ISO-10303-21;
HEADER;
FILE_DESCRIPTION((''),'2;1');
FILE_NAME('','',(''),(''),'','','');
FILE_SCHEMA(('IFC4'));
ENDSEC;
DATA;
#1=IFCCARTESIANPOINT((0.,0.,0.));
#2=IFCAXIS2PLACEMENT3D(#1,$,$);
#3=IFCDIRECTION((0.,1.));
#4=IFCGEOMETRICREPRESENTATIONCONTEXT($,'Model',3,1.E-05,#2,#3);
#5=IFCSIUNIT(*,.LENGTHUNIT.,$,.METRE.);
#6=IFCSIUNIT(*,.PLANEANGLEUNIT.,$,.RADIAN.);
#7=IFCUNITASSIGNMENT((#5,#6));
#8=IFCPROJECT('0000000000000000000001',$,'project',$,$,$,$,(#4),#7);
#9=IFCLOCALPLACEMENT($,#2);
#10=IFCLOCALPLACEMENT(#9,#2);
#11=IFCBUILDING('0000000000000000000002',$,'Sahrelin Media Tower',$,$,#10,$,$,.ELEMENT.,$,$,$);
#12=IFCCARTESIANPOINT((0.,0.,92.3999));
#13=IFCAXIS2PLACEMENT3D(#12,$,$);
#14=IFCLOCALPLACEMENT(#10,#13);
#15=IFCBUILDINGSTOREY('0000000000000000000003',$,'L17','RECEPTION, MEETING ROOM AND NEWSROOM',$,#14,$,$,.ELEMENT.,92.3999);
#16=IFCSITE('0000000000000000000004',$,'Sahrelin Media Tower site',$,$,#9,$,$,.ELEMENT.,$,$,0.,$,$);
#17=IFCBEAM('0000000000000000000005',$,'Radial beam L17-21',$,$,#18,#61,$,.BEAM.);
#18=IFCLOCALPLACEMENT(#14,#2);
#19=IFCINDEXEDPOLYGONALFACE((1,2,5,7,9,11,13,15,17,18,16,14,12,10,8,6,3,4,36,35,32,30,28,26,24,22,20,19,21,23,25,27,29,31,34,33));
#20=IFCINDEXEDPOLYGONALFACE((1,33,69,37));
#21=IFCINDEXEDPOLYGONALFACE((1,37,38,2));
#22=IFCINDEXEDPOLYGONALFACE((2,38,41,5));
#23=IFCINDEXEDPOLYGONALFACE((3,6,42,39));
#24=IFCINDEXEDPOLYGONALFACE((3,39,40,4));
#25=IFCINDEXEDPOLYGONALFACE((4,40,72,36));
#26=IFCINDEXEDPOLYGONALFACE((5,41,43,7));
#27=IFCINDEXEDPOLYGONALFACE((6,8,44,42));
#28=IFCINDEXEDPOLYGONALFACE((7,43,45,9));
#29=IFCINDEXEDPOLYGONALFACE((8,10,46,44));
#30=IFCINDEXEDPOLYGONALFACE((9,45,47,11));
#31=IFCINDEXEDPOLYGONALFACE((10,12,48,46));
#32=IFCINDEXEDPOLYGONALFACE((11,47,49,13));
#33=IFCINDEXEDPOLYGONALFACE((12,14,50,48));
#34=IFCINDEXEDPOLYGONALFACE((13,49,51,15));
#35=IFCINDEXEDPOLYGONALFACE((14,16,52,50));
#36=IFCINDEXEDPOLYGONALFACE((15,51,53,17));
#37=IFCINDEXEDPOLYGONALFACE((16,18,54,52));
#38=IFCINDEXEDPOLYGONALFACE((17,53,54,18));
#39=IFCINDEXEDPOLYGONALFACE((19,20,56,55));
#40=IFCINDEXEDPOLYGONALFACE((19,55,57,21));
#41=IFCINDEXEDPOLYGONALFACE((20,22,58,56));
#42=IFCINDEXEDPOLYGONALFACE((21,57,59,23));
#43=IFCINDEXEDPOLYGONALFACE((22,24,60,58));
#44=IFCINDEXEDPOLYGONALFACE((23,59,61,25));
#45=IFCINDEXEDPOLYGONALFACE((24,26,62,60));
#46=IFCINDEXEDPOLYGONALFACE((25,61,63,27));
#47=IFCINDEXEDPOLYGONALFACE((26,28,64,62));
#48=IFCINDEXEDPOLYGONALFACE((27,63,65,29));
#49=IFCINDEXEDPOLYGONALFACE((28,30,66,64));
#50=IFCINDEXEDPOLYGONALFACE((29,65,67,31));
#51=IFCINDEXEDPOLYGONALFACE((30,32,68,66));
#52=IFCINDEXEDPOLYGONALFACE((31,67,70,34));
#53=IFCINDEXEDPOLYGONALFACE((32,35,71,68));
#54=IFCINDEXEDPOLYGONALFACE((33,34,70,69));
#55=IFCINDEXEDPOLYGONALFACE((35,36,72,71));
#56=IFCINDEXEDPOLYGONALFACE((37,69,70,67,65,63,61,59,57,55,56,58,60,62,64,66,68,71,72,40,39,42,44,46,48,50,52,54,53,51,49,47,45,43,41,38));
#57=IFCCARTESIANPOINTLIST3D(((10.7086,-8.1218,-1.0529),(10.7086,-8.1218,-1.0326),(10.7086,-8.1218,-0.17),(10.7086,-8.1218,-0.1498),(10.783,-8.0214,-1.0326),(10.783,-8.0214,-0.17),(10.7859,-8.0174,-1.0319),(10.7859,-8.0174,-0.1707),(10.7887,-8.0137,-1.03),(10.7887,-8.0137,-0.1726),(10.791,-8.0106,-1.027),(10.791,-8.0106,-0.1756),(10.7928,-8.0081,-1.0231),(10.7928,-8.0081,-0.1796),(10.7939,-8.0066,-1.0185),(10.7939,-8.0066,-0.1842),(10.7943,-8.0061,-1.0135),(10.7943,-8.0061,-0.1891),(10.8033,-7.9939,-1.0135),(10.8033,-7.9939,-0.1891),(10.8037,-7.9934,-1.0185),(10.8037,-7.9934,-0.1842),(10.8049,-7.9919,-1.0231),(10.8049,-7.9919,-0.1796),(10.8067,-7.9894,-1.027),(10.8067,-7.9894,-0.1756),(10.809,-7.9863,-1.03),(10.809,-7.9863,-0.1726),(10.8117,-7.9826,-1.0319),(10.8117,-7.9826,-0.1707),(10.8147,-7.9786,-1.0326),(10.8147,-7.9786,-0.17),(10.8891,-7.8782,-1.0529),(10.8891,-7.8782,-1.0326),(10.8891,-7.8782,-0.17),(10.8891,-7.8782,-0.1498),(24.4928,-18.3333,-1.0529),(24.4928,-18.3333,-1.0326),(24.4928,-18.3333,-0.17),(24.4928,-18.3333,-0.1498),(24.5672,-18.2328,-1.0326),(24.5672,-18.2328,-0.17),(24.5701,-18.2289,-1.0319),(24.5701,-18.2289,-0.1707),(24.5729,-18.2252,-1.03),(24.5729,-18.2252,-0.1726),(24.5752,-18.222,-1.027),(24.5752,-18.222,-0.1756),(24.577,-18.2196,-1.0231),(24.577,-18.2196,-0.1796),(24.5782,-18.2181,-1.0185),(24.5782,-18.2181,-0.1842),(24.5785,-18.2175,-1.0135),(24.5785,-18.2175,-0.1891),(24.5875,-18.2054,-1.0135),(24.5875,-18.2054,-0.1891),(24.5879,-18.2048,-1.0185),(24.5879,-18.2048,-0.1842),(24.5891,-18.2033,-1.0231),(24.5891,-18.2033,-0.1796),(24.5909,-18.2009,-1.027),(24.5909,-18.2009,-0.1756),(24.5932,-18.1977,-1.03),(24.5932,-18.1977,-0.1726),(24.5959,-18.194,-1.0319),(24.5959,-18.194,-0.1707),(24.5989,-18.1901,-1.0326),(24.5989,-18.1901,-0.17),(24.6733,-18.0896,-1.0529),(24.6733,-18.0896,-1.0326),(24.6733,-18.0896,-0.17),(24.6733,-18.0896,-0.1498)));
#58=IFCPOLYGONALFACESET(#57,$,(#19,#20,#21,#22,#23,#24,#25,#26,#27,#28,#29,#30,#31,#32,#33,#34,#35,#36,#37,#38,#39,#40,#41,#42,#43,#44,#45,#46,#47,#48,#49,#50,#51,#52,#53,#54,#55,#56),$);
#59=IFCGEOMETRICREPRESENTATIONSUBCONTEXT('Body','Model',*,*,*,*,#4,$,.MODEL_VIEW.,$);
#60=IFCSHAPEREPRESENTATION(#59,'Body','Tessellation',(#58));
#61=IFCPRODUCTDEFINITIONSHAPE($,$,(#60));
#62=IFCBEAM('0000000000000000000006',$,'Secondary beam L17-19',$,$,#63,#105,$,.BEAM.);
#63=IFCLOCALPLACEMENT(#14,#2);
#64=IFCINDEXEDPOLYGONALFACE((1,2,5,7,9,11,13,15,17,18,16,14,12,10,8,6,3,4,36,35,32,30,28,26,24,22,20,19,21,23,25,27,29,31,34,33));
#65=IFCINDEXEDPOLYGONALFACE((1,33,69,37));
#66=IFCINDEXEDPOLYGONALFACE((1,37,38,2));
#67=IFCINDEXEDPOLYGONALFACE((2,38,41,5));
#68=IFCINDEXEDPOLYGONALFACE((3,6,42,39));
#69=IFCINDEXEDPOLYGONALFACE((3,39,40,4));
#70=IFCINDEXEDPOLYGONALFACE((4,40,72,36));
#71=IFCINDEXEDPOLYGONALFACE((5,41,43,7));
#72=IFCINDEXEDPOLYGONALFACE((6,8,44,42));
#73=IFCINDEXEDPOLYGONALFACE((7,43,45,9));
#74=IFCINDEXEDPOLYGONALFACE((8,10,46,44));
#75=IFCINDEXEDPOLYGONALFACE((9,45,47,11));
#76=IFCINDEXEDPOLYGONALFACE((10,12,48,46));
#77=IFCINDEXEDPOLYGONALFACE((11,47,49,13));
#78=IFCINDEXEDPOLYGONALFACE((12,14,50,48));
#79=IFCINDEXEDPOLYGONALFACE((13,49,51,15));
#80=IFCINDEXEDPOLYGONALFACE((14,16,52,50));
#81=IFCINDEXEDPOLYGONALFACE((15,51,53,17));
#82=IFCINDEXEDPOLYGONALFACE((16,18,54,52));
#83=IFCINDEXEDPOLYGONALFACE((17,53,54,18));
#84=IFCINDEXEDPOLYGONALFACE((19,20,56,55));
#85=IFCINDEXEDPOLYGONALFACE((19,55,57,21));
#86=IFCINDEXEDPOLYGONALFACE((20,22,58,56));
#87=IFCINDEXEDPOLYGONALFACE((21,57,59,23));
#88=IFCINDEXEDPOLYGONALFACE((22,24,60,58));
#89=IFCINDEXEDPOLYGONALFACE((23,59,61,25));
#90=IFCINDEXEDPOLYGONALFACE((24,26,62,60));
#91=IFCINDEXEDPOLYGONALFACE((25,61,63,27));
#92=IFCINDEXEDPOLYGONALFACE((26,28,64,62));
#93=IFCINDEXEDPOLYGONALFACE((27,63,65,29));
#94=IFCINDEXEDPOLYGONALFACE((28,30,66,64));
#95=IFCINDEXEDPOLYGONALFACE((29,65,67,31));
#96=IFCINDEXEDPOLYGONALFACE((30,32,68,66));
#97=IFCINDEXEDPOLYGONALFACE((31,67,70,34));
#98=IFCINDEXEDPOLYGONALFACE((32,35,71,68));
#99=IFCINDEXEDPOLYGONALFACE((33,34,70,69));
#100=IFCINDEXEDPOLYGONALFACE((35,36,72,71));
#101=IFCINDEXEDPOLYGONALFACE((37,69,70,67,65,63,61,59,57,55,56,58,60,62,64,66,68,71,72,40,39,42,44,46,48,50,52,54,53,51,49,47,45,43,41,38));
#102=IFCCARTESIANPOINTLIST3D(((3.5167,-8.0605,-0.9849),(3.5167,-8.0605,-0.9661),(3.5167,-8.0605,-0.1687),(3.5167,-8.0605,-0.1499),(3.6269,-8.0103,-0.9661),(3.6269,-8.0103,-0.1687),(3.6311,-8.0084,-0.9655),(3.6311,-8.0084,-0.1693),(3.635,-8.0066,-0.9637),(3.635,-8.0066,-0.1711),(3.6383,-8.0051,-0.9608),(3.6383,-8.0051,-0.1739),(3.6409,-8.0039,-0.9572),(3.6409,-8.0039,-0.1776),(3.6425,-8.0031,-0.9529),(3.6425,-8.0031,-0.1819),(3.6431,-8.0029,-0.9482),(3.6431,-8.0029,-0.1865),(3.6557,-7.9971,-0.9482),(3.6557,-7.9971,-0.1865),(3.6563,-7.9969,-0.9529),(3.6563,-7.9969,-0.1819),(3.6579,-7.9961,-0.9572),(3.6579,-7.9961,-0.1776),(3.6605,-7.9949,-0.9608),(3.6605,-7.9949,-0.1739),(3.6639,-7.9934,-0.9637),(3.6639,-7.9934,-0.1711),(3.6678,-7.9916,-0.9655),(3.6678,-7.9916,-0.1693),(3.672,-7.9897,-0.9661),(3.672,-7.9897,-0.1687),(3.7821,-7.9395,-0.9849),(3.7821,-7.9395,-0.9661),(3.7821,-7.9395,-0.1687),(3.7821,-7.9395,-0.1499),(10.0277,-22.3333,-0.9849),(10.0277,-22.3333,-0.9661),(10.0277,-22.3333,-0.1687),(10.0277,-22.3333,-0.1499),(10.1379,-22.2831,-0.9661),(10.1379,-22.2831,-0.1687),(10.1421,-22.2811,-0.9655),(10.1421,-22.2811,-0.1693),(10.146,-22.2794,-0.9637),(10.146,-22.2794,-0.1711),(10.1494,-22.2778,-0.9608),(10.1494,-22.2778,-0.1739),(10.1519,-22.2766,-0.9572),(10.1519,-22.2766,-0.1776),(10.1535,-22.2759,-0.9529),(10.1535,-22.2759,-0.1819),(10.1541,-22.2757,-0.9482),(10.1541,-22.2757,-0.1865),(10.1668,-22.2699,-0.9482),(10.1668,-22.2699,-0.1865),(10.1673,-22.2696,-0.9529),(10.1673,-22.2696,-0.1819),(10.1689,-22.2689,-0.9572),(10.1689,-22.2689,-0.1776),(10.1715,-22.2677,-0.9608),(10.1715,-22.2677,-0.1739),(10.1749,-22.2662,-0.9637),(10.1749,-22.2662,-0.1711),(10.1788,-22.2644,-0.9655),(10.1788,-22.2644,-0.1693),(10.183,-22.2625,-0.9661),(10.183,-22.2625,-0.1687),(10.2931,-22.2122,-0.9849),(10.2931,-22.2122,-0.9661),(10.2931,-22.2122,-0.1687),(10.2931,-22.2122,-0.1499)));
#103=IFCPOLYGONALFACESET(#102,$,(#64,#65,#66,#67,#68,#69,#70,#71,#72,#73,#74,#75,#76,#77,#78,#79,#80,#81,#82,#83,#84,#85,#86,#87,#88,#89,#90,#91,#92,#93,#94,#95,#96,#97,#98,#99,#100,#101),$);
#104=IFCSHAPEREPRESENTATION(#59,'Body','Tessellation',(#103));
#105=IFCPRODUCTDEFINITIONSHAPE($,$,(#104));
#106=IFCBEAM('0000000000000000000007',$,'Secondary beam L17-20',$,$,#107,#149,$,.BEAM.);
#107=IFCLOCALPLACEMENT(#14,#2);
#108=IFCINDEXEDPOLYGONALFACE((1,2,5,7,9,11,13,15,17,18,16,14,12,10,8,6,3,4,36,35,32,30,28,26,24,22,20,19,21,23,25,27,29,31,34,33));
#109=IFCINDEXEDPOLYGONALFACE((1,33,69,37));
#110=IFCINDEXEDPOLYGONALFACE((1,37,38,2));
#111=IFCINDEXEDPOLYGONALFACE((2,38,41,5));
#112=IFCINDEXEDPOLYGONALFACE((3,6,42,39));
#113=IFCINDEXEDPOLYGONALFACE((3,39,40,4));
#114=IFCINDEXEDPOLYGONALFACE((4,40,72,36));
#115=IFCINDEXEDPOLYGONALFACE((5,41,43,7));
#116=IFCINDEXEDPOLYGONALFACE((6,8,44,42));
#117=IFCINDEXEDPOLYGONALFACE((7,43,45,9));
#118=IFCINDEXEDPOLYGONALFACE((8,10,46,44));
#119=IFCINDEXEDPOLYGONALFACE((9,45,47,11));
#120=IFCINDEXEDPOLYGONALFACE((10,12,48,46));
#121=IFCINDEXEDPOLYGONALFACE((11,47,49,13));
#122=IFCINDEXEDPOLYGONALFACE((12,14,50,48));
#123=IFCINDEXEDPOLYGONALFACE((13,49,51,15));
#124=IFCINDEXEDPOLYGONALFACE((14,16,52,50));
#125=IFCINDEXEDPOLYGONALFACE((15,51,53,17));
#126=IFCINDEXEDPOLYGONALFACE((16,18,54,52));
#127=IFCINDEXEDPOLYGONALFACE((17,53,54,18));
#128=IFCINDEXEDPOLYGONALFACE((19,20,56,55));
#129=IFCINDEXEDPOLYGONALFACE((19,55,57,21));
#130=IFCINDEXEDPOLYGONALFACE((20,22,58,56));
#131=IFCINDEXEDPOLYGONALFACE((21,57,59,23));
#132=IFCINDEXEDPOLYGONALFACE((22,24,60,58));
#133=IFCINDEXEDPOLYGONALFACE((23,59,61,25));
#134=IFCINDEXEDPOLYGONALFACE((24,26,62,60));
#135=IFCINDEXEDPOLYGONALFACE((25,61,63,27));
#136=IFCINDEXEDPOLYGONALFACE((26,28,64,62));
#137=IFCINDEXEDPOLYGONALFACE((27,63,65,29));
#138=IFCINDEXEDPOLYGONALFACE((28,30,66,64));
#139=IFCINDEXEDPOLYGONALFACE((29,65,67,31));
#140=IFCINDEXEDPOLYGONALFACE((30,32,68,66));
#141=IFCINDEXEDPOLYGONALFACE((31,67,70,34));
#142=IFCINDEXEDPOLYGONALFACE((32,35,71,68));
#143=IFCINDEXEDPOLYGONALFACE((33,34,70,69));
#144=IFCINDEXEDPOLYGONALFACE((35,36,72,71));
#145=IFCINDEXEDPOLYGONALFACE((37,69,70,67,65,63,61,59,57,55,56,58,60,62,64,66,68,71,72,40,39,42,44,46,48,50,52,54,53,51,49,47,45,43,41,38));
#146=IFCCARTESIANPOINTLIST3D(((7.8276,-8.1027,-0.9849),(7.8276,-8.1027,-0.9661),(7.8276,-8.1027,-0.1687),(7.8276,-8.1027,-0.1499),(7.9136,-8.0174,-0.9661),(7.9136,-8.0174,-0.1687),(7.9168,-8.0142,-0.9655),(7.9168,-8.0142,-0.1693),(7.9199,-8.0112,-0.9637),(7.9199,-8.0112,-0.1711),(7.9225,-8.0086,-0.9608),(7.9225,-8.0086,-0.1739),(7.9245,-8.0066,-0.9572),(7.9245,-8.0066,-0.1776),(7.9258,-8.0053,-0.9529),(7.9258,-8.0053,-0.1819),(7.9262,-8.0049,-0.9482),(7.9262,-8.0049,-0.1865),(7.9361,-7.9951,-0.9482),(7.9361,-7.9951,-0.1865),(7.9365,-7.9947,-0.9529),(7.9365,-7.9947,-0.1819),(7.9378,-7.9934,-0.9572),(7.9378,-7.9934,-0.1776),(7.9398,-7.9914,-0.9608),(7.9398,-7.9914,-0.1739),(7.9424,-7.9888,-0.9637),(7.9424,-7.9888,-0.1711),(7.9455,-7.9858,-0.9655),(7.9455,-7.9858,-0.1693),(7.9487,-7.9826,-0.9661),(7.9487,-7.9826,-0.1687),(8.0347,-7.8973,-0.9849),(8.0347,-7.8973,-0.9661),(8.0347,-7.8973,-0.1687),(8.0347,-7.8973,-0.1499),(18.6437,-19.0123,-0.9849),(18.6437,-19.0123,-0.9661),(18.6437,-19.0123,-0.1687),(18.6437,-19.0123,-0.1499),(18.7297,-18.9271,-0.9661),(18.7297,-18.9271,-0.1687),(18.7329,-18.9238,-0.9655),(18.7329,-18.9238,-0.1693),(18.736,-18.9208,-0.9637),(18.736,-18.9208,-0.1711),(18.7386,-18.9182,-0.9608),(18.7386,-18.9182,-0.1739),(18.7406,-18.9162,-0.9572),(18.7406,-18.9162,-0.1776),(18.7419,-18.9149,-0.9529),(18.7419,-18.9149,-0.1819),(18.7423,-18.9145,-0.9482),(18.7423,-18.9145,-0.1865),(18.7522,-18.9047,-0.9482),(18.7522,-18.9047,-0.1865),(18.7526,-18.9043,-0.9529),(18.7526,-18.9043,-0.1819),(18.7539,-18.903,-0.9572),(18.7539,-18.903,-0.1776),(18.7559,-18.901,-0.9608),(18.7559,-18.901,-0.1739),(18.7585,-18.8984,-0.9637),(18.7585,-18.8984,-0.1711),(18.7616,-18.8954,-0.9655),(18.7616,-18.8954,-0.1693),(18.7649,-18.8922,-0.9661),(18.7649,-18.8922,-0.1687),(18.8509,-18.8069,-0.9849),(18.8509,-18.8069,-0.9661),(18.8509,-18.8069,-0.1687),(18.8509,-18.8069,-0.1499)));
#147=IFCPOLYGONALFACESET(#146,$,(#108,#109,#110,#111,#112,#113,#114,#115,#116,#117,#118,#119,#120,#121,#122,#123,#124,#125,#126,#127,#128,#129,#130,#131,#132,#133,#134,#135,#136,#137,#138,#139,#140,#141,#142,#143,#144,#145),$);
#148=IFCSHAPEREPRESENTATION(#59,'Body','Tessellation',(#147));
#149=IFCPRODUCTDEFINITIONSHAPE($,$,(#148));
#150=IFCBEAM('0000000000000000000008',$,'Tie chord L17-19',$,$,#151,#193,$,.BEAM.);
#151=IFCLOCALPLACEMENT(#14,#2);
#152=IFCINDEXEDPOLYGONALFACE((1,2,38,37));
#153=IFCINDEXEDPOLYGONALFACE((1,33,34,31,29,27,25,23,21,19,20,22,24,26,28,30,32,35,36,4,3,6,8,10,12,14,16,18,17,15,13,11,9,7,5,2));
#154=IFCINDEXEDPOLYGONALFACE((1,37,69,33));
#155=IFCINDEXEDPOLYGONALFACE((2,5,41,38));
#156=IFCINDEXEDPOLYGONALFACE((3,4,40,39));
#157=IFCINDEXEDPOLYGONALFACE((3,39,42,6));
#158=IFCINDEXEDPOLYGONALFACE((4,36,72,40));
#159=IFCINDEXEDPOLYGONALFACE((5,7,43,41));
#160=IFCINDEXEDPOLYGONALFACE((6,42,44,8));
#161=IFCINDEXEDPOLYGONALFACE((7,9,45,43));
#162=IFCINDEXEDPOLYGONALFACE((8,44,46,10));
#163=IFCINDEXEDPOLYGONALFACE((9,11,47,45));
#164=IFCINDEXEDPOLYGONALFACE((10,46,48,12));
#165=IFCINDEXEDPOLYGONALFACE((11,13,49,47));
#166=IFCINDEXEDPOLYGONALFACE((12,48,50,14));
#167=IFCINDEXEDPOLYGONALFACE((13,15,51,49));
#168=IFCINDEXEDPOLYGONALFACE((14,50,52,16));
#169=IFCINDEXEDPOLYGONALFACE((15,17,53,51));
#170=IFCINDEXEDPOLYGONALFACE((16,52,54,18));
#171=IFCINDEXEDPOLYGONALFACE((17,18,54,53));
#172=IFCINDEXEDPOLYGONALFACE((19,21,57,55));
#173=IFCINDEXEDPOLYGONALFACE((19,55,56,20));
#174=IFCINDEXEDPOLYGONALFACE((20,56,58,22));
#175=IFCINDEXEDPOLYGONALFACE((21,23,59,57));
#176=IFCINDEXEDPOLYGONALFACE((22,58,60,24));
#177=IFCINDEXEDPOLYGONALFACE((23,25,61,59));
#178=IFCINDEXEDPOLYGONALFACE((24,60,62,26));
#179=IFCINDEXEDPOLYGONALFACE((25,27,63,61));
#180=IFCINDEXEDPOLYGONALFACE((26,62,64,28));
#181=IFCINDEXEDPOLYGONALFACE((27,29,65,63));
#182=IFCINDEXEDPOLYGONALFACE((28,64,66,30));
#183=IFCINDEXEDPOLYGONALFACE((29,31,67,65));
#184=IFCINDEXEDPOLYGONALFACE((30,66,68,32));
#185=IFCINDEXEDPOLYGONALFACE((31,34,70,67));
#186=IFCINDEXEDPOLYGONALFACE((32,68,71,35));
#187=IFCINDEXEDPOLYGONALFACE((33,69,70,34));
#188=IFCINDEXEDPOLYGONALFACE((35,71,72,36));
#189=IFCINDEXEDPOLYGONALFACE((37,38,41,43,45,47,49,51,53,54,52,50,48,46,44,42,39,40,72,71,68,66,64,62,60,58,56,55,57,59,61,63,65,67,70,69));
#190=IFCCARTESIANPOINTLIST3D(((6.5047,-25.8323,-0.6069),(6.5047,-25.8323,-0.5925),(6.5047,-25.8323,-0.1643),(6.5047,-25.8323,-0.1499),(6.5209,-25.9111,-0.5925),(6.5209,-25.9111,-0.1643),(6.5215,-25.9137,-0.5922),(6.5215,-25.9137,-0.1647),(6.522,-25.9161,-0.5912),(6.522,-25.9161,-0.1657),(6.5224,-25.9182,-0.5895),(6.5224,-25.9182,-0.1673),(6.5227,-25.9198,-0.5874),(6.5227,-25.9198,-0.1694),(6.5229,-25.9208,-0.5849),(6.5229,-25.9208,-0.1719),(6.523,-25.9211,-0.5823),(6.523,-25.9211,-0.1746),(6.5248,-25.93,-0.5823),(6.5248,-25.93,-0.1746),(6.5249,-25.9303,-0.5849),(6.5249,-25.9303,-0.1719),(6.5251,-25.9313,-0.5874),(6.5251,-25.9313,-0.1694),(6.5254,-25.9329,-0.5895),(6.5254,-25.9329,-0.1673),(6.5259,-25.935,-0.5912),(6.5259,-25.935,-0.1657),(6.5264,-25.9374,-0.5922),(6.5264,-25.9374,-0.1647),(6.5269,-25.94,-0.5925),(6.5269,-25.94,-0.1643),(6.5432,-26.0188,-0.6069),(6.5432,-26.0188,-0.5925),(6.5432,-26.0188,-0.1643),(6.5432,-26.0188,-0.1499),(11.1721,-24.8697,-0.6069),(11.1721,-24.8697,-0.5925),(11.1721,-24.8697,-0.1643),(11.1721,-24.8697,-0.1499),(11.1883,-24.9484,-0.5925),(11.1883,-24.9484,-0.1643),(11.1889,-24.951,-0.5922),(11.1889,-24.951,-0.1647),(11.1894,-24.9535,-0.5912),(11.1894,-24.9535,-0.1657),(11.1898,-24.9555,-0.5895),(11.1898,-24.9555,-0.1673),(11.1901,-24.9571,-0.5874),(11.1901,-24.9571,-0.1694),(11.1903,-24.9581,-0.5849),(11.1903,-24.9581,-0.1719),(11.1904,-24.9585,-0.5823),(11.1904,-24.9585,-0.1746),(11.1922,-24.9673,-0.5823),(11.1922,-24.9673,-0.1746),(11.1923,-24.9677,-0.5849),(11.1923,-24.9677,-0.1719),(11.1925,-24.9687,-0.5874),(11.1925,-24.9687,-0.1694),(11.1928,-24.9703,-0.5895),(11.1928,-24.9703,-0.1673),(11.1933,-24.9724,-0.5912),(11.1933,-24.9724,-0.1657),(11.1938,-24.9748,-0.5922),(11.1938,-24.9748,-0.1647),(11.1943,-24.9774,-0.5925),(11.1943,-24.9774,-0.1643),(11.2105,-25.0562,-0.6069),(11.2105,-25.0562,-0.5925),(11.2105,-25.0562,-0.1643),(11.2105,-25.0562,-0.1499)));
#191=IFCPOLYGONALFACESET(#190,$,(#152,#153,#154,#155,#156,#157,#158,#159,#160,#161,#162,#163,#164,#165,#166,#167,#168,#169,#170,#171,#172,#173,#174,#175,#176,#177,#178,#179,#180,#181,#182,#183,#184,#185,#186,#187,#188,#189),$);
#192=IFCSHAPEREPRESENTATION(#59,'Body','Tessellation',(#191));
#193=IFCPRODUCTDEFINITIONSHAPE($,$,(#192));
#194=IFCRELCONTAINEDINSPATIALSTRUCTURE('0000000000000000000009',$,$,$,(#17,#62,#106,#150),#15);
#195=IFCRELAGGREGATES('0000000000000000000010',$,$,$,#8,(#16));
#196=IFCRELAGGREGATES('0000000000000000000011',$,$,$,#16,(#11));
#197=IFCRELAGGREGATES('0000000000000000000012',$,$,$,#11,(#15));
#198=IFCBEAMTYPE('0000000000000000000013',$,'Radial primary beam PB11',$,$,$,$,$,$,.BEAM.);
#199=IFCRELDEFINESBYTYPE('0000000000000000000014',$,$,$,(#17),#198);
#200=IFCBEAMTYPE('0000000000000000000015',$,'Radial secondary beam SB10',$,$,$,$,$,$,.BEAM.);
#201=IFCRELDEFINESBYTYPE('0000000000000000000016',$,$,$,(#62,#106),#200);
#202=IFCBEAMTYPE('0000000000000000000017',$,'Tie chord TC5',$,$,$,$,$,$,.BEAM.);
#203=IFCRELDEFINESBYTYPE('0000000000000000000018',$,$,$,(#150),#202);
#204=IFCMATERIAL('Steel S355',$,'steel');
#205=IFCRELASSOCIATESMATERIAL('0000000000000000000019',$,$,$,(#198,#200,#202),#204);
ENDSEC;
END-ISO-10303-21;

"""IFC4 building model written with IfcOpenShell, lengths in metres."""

from ifc_helpers import new_model, si_unit, direction, frame, origin, origin_2d, place, context, subcontext, project, spatial, i_section, extrude, material, material_profile, profile_set, type_object, element, save


model = new_model("IFC4")

# Units and contexts
model_context = context("Model", 3, precision=1e-05, world=origin(), true_north=direction((0.0, 1.0)))
body_context = subcontext(model_context, "Body", "Model", "MODEL_VIEW")
ifc_project = project(units=[si_unit("LENGTHUNIT", "METRE"), si_unit("PLANEANGLEUNIT", "RADIAN")], contexts=[model_context])

# Site, building, storey
site_placement = place(None, origin())
site = spatial("IfcSite", under=ifc_project, at=site_placement, Name="Sahrelin Media Tower site", CompositionType="ELEMENT", RefElevation=0.0)
building_placement = place(site_placement, origin())
building = spatial("IfcBuilding", under=site, at=building_placement, Name="Sahrelin Media Tower", CompositionType="ELEMENT")
storey_placement = place(building_placement, frame((0.0, 0.0, 92.3999)))
storey = spatial("IfcBuildingStorey", under=building, at=storey_placement, Name="L17", Description="RECEPTION, MEETING ROOM AND NEWSROOM", CompositionType="ELEMENT", Elevation=92.3999)

# Shared definitions
ifc_material_1 = material(Name="Steel S355", Category="steel")

# Beams
ifc_material_profile_1 = material_profile(ifc_material_1, i_section(OverallWidth=0.3032, OverallDepth=0.9031, WebThickness=0.0151, FlangeThickness=0.0203, FilletRadius=0.019, at=origin_2d()), Name="UB 914x305x201")
ifc_profile_set_1 = profile_set([ifc_material_profile_1], Name="Steel S355")
beam_type_1 = type_object("IfcBeamType", Name="Radial primary beam PB11", PredefinedType="BEAM", material=ifc_profile_set_1)
beam_1_placement = place(storey_placement, frame((10.7988, -8.0, -0.6013), z_axis=(0.803531, -0.595262, 0.0), x_axis=(0.595262, 0.803531, 0.0)))
element("IfcBeam", 1, at=beam_1_placement, inside=storey, type_object=beam_type_1, Name="Radial beam L17-21", PredefinedType="BEAM", context=body_context, shape_type="SweptSolid", body=[
    extrude(i_section(OverallWidth=0.3032, OverallDepth=0.9031, WebThickness=0.0151, FlangeThickness=0.0203, FilletRadius=0.019, at=origin_2d()), origin(), (0.0, 0.0, 1.0), 17.1545),
])
ifc_material_profile_2 = material_profile(ifc_material_1, i_section(OverallWidth=0.2917, OverallDepth=0.835, WebThickness=0.0139, FlangeThickness=0.0188, FilletRadius=0.0178, at=origin_2d()), Name="UB 838x292x176")
ifc_profile_set_2 = profile_set([ifc_material_profile_2], Name="Steel S355")
beam_type_2 = type_object("IfcBeamType", Name="Radial secondary beam SB10", PredefinedType="BEAM", material=ifc_profile_set_2)
beam_2_placement = place(storey_placement, frame((3.6494, -8.0, -0.5674), z_axis=(0.415038, -0.909804, 0.0), x_axis=(0.909804, 0.415038, 0.0)))
element("IfcBeam", 2, at=beam_2_placement, inside=storey, type_object=beam_type_2, Name="Secondary beam L17-19", PredefinedType="BEAM", context=body_context, shape_type="SweptSolid", body=[
    extrude(i_section(OverallWidth=0.2917, OverallDepth=0.835, WebThickness=0.0139, FlangeThickness=0.0188, FilletRadius=0.0178, at=origin_2d()), origin(), (0.0, 0.0, 1.0), 15.6877),
])
beam_3_placement = place(storey_placement, frame((7.9312, -8.0, -0.5674), z_axis=(0.704057, -0.710144, 0.0), x_axis=(0.710144, 0.704057, 0.0)))
element("IfcBeam", 3, at=beam_3_placement, inside=storey, type_object=beam_type_2, Name="Secondary beam L17-20", PredefinedType="BEAM", context=body_context, shape_type="SweptSolid", body=[
    extrude(i_section(OverallWidth=0.2917, OverallDepth=0.835, WebThickness=0.0139, FlangeThickness=0.0188, FilletRadius=0.0178, at=origin_2d()), origin(), (0.0, 0.0, 1.0), 15.3625),
])
ifc_material_profile_3 = material_profile(ifc_material_1, i_section(OverallWidth=0.1904, OverallDepth=0.457, WebThickness=0.009, FlangeThickness=0.0144, FilletRadius=0.0103, at=origin_2d()), Name="UB 457x191x74")
ifc_profile_set_3 = profile_set([ifc_material_profile_3], Name="Steel S355")
beam_type_3 = type_object("IfcBeamType", Name="Tie chord TC5", PredefinedType="BEAM", material=ifc_profile_set_3)
beam_4_placement = place(storey_placement, frame((6.5239, -25.9255, -0.3784), z_axis=(0.979387, 0.201994, 0.0), x_axis=(-0.201994, 0.979387, 0.0)))
element("IfcBeam", 4, at=beam_4_placement, inside=storey, type_object=beam_type_3, Name="Tie chord L17-19", PredefinedType="BEAM", context=body_context, shape_type="SweptSolid", body=[
    extrude(i_section(OverallWidth=0.1904, OverallDepth=0.457, WebThickness=0.009, FlangeThickness=0.0144, FilletRadius=0.0103, at=origin_2d()), origin(), (0.0, 0.0, 1.0), 4.7656),
])

save(model, "model.ifc")
